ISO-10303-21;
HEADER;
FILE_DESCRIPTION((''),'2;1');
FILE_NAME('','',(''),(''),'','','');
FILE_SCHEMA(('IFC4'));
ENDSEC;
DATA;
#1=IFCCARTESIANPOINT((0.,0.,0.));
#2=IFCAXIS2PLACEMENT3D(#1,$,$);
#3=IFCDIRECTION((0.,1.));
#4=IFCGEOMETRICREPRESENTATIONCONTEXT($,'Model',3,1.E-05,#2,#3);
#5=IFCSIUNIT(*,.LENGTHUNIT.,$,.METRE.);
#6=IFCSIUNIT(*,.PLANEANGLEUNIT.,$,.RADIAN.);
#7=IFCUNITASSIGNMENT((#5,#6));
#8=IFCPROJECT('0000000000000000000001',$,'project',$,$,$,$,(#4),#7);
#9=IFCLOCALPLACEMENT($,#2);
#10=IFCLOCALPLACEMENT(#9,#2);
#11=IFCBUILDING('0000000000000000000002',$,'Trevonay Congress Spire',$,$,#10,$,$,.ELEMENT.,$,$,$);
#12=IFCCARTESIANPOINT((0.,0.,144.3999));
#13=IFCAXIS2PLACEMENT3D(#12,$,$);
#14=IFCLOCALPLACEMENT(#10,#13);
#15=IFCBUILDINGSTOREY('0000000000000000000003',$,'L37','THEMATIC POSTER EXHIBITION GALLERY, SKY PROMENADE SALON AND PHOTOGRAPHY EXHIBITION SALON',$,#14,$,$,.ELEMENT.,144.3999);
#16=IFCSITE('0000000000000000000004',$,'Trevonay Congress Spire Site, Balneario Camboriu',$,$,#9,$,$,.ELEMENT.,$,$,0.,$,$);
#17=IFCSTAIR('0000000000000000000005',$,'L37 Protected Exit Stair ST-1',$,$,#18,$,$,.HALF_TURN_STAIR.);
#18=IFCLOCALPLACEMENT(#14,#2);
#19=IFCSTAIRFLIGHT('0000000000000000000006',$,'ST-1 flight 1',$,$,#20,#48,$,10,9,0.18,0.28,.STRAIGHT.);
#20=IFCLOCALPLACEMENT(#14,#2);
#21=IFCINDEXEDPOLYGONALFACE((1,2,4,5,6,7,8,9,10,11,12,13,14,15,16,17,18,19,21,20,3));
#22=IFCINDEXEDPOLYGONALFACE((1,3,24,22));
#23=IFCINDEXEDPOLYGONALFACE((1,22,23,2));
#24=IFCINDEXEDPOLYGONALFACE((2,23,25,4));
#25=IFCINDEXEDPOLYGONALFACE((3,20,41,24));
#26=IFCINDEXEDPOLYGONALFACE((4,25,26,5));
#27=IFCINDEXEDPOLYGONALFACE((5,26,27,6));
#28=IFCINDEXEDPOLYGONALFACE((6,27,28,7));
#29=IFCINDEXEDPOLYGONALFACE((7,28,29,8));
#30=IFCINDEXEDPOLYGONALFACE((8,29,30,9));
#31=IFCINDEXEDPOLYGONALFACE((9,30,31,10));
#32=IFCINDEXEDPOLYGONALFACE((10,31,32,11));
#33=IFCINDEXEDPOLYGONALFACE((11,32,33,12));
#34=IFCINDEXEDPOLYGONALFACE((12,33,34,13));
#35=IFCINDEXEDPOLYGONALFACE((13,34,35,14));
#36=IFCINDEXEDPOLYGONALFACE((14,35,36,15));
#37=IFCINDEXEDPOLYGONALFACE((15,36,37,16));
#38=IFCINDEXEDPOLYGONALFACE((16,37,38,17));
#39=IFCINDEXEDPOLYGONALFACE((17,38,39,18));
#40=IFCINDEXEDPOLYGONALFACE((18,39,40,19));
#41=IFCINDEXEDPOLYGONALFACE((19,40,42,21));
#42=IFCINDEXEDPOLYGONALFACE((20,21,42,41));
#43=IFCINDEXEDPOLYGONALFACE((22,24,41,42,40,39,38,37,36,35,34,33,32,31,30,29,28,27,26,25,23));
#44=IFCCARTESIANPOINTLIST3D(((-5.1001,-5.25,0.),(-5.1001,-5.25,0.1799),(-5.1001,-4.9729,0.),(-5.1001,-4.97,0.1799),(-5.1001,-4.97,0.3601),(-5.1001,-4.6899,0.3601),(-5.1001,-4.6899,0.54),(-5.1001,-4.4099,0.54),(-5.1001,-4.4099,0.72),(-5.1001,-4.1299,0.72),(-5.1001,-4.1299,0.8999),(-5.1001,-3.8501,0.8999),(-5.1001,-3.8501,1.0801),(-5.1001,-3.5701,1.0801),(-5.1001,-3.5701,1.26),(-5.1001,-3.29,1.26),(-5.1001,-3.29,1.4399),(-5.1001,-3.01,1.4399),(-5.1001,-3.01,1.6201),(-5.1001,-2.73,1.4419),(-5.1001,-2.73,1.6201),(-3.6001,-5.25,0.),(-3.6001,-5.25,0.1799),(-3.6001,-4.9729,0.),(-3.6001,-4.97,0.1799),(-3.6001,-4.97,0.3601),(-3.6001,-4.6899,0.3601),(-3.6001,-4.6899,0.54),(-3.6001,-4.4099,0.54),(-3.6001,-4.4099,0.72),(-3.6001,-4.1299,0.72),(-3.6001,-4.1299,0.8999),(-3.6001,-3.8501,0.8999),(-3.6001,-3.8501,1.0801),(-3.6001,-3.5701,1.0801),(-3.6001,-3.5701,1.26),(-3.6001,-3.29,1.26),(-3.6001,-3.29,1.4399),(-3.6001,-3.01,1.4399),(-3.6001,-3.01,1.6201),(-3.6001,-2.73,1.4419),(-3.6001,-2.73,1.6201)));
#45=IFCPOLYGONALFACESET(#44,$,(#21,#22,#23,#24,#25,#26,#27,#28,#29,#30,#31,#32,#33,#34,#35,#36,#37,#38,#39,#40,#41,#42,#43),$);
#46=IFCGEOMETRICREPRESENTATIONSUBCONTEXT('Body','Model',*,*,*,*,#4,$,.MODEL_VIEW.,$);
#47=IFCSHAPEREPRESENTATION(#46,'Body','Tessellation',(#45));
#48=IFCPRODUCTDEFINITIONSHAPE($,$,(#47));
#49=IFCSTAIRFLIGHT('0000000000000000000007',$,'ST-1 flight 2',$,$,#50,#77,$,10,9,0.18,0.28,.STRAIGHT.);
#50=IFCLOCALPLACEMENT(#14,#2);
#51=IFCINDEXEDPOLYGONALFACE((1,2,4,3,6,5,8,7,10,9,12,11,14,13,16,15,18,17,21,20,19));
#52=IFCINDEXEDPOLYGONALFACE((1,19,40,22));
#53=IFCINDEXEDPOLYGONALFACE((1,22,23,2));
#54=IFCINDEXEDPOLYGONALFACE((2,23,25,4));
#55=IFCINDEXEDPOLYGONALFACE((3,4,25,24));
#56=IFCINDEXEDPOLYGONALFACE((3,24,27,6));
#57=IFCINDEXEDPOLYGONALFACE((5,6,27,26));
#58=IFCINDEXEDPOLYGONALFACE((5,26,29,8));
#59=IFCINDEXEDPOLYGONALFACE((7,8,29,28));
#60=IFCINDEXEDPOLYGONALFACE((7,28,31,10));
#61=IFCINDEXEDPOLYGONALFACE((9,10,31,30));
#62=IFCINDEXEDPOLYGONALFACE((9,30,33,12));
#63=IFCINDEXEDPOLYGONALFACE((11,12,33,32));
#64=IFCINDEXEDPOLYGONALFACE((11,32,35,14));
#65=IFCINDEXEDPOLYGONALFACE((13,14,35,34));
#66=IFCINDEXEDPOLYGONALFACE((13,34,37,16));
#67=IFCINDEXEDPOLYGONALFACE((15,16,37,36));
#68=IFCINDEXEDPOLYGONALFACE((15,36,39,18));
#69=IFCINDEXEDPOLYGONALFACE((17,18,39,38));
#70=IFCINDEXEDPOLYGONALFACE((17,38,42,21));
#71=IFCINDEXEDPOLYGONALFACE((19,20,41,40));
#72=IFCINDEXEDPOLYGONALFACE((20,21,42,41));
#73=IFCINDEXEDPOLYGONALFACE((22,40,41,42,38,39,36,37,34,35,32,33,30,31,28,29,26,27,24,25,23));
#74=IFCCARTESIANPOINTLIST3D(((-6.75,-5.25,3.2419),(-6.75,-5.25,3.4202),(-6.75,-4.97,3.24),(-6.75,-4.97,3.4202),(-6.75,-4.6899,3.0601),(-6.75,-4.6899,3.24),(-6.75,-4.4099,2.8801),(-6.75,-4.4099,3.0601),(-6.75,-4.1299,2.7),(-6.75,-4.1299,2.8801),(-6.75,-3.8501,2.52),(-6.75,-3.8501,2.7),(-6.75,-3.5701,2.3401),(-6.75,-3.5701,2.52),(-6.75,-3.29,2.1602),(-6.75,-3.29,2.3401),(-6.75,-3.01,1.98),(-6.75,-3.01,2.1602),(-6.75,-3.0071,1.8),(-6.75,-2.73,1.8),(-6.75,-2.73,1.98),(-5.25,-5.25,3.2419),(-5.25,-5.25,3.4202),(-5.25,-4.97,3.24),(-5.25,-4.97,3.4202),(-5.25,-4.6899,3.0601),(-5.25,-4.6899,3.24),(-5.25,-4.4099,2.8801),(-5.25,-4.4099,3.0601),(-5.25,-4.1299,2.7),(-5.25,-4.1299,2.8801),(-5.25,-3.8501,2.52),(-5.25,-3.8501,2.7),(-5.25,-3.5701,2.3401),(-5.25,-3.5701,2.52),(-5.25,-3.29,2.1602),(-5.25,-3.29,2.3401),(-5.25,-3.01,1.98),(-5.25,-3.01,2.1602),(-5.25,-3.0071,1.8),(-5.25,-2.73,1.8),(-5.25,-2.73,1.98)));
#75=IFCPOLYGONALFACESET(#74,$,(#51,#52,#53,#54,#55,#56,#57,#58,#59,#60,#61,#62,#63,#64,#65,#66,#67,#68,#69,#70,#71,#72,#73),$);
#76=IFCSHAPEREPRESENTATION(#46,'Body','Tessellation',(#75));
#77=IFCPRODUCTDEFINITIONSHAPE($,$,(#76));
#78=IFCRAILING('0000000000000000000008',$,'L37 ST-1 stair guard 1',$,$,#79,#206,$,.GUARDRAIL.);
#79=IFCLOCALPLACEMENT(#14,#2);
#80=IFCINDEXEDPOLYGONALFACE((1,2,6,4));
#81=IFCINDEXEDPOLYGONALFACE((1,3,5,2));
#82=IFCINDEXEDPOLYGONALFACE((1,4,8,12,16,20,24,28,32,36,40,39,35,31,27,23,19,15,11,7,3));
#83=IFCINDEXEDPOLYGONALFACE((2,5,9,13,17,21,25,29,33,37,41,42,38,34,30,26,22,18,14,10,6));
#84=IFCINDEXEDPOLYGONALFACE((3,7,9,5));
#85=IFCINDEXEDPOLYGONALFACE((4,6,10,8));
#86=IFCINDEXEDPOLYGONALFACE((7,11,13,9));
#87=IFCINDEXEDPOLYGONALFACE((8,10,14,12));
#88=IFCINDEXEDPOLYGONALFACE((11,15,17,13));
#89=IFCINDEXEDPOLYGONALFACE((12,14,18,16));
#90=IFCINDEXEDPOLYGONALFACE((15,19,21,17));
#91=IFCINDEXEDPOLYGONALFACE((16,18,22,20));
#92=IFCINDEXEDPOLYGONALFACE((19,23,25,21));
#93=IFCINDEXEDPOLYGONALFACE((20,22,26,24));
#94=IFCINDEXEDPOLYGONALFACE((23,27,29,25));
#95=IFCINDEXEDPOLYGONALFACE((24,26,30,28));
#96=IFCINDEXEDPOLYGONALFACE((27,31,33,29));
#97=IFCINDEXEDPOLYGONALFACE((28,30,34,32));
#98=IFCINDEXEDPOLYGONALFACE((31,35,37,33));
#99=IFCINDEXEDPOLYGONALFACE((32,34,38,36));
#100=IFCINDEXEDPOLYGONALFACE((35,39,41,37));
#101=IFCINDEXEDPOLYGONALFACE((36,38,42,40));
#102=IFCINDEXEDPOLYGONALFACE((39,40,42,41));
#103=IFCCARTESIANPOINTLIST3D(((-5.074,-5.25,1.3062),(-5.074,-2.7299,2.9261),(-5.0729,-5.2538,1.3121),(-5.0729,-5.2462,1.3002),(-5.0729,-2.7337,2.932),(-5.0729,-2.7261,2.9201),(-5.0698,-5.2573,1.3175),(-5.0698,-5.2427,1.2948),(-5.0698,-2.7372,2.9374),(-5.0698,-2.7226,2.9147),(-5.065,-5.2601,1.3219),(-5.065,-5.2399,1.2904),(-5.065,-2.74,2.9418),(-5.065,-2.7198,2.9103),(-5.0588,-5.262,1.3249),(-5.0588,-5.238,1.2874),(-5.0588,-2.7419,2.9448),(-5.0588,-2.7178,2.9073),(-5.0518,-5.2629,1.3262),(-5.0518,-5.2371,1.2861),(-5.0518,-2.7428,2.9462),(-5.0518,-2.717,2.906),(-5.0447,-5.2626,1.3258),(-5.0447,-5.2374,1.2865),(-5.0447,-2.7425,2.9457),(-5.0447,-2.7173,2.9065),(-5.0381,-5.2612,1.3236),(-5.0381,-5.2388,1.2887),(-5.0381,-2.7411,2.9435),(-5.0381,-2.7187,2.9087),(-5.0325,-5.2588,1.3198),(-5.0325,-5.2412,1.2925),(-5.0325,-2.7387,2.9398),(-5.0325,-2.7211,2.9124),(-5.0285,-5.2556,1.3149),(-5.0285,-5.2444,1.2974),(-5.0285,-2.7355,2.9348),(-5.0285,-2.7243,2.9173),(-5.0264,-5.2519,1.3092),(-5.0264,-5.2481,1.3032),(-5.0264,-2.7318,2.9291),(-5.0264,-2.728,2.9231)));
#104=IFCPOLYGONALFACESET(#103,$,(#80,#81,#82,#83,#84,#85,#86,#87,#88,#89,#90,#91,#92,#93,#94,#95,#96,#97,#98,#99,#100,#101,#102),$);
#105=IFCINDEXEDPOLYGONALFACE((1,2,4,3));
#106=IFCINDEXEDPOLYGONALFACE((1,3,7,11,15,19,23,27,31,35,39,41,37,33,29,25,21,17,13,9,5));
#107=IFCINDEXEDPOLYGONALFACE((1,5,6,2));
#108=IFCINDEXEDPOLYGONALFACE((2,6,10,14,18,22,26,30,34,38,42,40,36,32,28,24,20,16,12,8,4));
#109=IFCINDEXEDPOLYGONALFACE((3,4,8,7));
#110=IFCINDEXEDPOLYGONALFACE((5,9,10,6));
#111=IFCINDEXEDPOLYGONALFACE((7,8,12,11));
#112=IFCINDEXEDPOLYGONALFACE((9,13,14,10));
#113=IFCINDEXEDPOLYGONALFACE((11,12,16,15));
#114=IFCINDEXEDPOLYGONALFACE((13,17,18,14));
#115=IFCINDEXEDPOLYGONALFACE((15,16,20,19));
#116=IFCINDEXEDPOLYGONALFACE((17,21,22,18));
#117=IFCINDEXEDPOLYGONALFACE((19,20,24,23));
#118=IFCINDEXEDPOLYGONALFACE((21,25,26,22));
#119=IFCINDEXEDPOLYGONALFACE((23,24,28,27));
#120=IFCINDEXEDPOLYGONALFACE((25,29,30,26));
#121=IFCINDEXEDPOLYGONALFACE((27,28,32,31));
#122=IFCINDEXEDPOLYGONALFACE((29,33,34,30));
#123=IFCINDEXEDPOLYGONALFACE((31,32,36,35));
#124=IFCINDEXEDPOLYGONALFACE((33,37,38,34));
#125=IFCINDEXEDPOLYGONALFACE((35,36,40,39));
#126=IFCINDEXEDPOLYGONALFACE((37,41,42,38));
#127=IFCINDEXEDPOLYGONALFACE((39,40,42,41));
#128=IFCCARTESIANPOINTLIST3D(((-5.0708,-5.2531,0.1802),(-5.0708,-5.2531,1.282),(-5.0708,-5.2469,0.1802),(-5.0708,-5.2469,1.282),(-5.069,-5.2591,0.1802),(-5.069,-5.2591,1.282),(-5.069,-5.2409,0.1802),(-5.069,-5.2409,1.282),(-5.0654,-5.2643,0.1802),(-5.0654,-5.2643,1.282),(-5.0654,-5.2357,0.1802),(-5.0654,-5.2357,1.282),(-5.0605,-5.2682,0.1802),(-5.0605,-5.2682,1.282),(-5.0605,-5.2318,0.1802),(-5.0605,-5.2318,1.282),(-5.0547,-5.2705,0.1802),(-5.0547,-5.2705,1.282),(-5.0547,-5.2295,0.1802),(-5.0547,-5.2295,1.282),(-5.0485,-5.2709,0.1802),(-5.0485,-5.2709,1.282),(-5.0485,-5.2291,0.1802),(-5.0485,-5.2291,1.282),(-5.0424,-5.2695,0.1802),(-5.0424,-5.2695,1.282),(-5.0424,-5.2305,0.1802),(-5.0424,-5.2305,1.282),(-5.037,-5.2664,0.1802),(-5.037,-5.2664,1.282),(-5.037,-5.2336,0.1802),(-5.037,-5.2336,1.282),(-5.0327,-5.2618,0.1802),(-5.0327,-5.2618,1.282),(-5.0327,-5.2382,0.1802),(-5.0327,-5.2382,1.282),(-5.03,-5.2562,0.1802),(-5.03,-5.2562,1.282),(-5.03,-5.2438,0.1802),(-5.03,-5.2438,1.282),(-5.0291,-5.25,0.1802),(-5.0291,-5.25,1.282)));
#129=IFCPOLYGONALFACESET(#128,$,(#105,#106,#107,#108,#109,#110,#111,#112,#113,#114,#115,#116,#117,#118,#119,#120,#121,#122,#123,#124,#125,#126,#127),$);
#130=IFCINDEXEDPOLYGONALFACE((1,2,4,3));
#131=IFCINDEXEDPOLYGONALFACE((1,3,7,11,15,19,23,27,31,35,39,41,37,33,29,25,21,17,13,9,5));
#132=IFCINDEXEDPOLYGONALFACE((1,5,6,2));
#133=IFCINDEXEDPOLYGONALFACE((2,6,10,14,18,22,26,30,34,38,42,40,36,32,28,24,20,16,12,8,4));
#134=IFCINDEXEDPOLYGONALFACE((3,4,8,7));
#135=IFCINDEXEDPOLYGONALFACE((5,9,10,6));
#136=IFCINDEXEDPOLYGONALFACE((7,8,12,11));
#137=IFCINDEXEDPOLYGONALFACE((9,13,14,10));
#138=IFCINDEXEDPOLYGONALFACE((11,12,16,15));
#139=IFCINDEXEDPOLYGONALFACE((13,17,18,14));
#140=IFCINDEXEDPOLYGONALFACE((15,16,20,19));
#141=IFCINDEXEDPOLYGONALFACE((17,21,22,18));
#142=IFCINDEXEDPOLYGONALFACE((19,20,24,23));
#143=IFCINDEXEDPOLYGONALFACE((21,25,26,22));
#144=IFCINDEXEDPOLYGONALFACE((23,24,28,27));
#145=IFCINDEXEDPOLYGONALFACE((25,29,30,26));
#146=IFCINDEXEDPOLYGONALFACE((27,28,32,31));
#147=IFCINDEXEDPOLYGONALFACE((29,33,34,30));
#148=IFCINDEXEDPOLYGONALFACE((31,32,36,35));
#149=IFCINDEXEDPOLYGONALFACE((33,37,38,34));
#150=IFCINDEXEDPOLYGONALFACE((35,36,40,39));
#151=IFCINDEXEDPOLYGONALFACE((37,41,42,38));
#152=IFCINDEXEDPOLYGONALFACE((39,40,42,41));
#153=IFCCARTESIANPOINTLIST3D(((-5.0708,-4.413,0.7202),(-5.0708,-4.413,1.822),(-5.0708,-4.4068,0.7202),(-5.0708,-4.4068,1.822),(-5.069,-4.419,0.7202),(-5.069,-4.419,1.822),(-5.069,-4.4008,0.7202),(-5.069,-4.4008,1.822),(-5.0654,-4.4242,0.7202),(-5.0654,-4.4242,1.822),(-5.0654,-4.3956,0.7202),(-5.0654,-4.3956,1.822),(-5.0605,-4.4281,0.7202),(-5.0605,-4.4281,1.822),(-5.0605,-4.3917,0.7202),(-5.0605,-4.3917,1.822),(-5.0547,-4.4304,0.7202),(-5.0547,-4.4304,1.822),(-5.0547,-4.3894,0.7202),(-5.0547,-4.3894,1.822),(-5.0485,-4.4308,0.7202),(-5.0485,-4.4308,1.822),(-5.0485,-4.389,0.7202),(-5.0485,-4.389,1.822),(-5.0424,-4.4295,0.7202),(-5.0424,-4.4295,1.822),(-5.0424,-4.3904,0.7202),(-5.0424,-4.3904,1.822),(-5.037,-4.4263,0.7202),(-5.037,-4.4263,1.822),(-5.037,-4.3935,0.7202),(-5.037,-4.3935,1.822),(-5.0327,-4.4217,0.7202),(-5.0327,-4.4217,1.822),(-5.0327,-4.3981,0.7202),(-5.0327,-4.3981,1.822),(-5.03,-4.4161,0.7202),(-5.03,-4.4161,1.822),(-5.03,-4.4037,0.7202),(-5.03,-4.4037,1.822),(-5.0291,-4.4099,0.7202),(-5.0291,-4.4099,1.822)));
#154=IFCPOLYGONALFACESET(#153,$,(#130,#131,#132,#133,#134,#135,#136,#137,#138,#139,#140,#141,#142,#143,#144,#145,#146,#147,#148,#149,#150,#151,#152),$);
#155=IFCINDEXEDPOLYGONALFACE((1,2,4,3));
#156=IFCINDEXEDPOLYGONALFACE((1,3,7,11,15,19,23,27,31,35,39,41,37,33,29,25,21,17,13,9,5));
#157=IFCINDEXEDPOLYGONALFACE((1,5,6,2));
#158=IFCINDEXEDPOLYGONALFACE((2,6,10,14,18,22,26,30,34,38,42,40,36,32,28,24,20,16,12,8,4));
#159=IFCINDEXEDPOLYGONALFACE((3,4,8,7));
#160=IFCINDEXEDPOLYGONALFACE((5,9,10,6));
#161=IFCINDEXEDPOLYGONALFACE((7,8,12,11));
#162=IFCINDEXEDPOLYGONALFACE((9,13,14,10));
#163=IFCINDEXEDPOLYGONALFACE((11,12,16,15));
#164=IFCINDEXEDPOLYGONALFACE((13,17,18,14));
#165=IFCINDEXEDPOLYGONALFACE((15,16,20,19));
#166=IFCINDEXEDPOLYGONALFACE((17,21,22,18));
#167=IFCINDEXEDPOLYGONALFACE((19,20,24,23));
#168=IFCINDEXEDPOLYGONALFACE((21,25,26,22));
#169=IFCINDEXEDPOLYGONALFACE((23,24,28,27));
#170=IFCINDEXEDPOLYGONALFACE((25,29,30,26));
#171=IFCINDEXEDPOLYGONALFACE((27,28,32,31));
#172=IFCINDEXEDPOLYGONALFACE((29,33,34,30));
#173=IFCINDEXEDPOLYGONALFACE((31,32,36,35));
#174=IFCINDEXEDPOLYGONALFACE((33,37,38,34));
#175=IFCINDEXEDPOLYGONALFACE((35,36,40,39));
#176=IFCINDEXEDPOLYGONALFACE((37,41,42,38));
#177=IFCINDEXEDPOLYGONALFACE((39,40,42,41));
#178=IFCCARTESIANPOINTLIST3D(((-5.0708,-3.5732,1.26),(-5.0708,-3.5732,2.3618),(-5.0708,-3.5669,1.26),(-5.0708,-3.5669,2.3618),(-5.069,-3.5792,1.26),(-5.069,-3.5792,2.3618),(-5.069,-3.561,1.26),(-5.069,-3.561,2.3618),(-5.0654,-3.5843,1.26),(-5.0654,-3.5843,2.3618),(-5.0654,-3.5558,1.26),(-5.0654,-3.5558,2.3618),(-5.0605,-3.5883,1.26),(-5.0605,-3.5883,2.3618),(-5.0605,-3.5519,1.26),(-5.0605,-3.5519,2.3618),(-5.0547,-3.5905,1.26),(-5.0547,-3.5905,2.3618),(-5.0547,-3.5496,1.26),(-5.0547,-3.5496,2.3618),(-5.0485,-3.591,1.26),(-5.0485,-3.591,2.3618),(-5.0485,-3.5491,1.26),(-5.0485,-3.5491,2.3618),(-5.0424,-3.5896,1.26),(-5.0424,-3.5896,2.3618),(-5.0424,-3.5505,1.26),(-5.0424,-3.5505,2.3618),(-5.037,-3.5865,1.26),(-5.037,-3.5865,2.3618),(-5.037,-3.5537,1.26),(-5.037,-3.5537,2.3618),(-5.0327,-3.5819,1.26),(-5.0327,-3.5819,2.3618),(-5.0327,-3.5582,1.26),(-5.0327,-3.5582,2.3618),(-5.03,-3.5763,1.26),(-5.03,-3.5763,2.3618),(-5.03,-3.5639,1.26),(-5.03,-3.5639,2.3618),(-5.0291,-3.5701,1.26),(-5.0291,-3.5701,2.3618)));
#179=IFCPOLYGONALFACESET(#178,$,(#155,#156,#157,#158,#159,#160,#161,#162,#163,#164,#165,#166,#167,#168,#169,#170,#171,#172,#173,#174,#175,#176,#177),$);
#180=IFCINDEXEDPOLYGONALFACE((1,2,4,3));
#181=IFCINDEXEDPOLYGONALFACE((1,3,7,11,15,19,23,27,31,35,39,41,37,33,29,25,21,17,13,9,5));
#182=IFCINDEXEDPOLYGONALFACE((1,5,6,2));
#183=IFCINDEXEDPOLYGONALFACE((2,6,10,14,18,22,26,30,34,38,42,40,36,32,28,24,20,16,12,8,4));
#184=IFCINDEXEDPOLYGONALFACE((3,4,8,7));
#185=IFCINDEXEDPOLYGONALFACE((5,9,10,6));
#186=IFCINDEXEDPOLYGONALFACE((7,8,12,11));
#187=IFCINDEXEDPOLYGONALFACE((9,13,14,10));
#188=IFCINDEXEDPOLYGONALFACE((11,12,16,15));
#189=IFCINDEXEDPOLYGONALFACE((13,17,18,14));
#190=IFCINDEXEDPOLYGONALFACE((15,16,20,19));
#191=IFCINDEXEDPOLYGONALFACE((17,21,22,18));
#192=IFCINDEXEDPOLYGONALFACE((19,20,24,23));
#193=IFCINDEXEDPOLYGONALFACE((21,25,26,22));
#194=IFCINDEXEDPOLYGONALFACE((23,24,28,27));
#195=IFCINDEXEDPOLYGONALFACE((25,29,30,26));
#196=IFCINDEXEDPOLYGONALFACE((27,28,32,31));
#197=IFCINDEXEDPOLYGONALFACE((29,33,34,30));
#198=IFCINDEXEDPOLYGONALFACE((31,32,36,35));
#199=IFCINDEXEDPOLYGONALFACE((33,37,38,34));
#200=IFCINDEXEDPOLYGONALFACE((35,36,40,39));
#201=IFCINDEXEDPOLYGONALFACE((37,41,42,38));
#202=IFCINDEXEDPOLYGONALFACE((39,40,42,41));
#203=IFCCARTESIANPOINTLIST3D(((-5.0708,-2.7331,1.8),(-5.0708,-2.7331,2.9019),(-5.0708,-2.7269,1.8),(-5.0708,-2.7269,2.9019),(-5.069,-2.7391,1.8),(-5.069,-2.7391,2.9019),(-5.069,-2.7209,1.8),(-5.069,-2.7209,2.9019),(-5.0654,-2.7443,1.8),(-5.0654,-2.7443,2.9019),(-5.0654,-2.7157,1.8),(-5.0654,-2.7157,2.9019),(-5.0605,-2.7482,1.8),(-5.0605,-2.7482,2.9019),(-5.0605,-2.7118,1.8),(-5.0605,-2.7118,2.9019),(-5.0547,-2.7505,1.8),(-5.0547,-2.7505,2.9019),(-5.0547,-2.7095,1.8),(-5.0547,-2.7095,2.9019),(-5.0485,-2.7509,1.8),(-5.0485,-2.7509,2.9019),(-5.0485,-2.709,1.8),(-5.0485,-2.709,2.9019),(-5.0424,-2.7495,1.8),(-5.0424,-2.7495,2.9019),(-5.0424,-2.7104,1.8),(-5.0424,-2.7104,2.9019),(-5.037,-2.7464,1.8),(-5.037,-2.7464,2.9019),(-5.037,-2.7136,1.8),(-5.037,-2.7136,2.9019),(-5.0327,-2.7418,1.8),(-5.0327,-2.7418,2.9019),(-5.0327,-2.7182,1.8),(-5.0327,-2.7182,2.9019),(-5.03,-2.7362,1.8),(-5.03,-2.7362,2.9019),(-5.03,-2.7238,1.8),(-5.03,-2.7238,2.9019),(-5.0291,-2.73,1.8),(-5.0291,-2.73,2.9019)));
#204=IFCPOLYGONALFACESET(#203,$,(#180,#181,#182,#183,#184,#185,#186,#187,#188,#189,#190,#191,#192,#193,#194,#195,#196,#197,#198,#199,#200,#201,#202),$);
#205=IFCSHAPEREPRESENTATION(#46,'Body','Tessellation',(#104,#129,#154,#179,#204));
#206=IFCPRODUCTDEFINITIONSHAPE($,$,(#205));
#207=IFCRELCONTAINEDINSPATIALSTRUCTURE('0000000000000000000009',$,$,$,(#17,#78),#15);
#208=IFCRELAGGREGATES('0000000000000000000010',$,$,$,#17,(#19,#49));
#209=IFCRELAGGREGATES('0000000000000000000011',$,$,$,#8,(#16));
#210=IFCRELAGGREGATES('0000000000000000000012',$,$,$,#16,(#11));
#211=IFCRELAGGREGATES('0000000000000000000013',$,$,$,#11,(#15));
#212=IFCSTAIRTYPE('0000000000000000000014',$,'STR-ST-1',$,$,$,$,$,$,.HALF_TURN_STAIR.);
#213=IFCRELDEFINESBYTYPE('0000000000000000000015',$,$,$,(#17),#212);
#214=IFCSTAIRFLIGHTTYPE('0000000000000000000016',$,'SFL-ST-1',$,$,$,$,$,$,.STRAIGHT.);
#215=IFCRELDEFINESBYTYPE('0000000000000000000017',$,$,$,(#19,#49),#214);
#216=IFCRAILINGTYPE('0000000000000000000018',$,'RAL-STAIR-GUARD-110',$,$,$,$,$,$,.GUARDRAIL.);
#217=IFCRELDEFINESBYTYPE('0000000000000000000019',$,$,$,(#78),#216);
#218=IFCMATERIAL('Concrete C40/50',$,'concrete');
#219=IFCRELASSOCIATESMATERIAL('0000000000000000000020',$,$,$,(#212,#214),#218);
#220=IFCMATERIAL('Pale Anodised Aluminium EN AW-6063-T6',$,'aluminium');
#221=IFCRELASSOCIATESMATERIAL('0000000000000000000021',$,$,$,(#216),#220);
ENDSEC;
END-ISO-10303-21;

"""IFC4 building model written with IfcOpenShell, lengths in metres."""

from ifc_helpers import new_model, si_unit, direction, frame, origin, origin_2d, place, context, subcontext, project, spatial, polyline, circle, outline, extrude, material, type_object, element, aggregate, save


model = new_model("IFC4")

# Units and contexts
model_context = context("Model", 3, precision=1e-05, world=origin(), true_north=direction((0.0, 1.0)))
body_context = subcontext(model_context, "Body", "Model", "MODEL_VIEW")
ifc_project = project(units=[si_unit("LENGTHUNIT", "METRE"), si_unit("PLANEANGLEUNIT", "RADIAN")], contexts=[model_context])

# Site, building, storey
site_placement = place(None, origin())
site = spatial("IfcSite", under=ifc_project, at=site_placement, Name="Trevonay Congress Spire Site, Balneario Camboriu", CompositionType="ELEMENT", RefElevation=0.0)
building_placement = place(site_placement, origin())
building = spatial("IfcBuilding", under=site, at=building_placement, Name="Trevonay Congress Spire", CompositionType="ELEMENT")
storey_placement = place(building_placement, frame((0.0, 0.0, 144.3999)))
storey = spatial("IfcBuildingStorey", under=building, at=storey_placement, Name="L37", Description="THEMATIC POSTER EXHIBITION GALLERY, SKY PROMENADE SALON AND PHOTOGRAPHY EXHIBITION SALON", CompositionType="ELEMENT", Elevation=144.3999)

# Shared definitions
ifc_material_1 = material(Name="Concrete C40/50", Category="concrete")

# Stair, stair flights
stair_type = type_object("IfcStairType", Name="STR-ST-1", PredefinedType="HALF_TURN_STAIR", material=ifc_material_1)
stair_placement = place(storey_placement, origin())
stair = element("IfcStair", 1, at=stair_placement, inside=storey, type_object=stair_type, Name="L37 Protected Exit Stair ST-1", PredefinedType="HALF_TURN_STAIR")
stair_flight_type = type_object("IfcStairFlightType", Name="SFL-ST-1", PredefinedType="STRAIGHT", material=ifc_material_1)
stair_flight_1_placement = place(storey_placement, frame((-4.3501, -5.25, 0.0), z_axis=(0.0, 0.0, 1.0), x_axis=(0.0, 1.0, 0.0)))
stair_flight_1 = element("IfcStairFlight", 2, at=stair_flight_1_placement, type_object=stair_flight_type, Name="ST-1 flight 1", NumberOfRisers=10, NumberOfTreads=9, PredefinedType="STRAIGHT", RiserHeight=0.18, TreadLength=0.28, context=body_context, shape_type="SweptSolid", body=[
    extrude(outline(polyline([(0.0, 0.0), (0.0, 0.1799), (0.28, 0.1799), (0.28, 0.3601), (0.5601, 0.3601), (0.5601, 0.54), (0.8401, 0.54), (0.8401, 0.72), (1.1201, 0.72), (1.1201, 0.8999), (1.3999, 0.8999), (1.3999, 1.0801), (1.6799, 1.0801), (1.6799, 1.26), (1.96, 1.26), (1.96, 1.4399), (2.24, 1.4399), (2.24, 1.6201), (2.52, 1.6201), (2.52, 1.8), (2.52, 1.4419), (0.2771, 0.0), (0.0, 0.0)])), frame((0.0, 0.75, 0.0), z_axis=(0.0, -1.0, 0.0), x_axis=(1.0, 0.0, 0.0)), (0.0, 0.0, 1.0), 1.5),
])
stair_flight_2_placement = place(storey_placement, frame((-6.0, -2.73, 1.8), z_axis=(0.0, 0.0, 1.0), x_axis=(0.0, -1.0, 0.0)))
stair_flight_2 = element("IfcStairFlight", 3, at=stair_flight_2_placement, type_object=stair_flight_type, Name="ST-1 flight 2", NumberOfRisers=10, NumberOfTreads=9, PredefinedType="STRAIGHT", RiserHeight=0.18, TreadLength=0.28, context=body_context, shape_type="SweptSolid", body=[
    extrude(outline(polyline([(0.0, 0.0), (0.0, 0.1799), (0.28, 0.1799), (0.28, 0.3601), (0.5601, 0.3601), (0.5601, 0.54), (0.8401, 0.54), (0.8401, 0.72), (1.1201, 0.72), (1.1201, 0.8999), (1.3999, 0.8999), (1.3999, 1.0801), (1.6799, 1.0801), (1.6799, 1.26), (1.96, 1.26), (1.96, 1.4399), (2.24, 1.4399), (2.24, 1.6201), (2.52, 1.6201), (2.52, 1.8), (2.52, 1.4419), (0.2771, 0.0), (0.0, 0.0)])), frame((0.0, 0.75, 0.0), z_axis=(0.0, -1.0, 0.0), x_axis=(1.0, 0.0, 0.0)), (0.0, 0.0, 1.0), 1.5),
])
aggregate(stair, [stair_flight_1, stair_flight_2])

# Railing
ifc_material_2 = material(Name="Pale Anodised Aluminium EN AW-6063-T6", Category="aluminium")
railing_type_1 = type_object("IfcRailingType", Name="RAL-STAIR-GUARD-110", PredefinedType="GUARDRAIL", material=ifc_material_2)
railing_1_placement = place(storey_placement, frame((-5.05, -5.25, 0.1802)))
element("IfcRailing", 4, at=railing_1_placement, inside=storey, type_object=railing_type_1, Name="L37 ST-1 stair guard 1", PredefinedType="GUARDRAIL", context=body_context, shape_type="SweptSolid", body=[
    extrude(circle(Radius=0.0239, at=origin_2d()), frame((0.0, 0.0, 1.126), z_axis=(0.0, 0.8412, 0.540725), x_axis=(-1.0, 0.0, 0.0)), (0.0, 0.0, 1.0), 2.9958),
    extrude(circle(Radius=0.021, at=origin_2d()), origin(), (0.0, 0.0, 1.0), 1.1018),
    extrude(circle(Radius=0.021, at=origin_2d()), frame((0.0, 0.8401, 0.54)), (0.0, 0.0, 1.0), 1.1018),
    extrude(circle(Radius=0.021, at=origin_2d()), frame((0.0, 1.6799, 1.0798)), (0.0, 0.0, 1.0), 1.1018),
    extrude(circle(Radius=0.021, at=origin_2d()), frame((0.0, 2.52, 1.6199)), (0.0, 0.0, 1.0), 1.1018),
])

save(model, "model.ifc")
